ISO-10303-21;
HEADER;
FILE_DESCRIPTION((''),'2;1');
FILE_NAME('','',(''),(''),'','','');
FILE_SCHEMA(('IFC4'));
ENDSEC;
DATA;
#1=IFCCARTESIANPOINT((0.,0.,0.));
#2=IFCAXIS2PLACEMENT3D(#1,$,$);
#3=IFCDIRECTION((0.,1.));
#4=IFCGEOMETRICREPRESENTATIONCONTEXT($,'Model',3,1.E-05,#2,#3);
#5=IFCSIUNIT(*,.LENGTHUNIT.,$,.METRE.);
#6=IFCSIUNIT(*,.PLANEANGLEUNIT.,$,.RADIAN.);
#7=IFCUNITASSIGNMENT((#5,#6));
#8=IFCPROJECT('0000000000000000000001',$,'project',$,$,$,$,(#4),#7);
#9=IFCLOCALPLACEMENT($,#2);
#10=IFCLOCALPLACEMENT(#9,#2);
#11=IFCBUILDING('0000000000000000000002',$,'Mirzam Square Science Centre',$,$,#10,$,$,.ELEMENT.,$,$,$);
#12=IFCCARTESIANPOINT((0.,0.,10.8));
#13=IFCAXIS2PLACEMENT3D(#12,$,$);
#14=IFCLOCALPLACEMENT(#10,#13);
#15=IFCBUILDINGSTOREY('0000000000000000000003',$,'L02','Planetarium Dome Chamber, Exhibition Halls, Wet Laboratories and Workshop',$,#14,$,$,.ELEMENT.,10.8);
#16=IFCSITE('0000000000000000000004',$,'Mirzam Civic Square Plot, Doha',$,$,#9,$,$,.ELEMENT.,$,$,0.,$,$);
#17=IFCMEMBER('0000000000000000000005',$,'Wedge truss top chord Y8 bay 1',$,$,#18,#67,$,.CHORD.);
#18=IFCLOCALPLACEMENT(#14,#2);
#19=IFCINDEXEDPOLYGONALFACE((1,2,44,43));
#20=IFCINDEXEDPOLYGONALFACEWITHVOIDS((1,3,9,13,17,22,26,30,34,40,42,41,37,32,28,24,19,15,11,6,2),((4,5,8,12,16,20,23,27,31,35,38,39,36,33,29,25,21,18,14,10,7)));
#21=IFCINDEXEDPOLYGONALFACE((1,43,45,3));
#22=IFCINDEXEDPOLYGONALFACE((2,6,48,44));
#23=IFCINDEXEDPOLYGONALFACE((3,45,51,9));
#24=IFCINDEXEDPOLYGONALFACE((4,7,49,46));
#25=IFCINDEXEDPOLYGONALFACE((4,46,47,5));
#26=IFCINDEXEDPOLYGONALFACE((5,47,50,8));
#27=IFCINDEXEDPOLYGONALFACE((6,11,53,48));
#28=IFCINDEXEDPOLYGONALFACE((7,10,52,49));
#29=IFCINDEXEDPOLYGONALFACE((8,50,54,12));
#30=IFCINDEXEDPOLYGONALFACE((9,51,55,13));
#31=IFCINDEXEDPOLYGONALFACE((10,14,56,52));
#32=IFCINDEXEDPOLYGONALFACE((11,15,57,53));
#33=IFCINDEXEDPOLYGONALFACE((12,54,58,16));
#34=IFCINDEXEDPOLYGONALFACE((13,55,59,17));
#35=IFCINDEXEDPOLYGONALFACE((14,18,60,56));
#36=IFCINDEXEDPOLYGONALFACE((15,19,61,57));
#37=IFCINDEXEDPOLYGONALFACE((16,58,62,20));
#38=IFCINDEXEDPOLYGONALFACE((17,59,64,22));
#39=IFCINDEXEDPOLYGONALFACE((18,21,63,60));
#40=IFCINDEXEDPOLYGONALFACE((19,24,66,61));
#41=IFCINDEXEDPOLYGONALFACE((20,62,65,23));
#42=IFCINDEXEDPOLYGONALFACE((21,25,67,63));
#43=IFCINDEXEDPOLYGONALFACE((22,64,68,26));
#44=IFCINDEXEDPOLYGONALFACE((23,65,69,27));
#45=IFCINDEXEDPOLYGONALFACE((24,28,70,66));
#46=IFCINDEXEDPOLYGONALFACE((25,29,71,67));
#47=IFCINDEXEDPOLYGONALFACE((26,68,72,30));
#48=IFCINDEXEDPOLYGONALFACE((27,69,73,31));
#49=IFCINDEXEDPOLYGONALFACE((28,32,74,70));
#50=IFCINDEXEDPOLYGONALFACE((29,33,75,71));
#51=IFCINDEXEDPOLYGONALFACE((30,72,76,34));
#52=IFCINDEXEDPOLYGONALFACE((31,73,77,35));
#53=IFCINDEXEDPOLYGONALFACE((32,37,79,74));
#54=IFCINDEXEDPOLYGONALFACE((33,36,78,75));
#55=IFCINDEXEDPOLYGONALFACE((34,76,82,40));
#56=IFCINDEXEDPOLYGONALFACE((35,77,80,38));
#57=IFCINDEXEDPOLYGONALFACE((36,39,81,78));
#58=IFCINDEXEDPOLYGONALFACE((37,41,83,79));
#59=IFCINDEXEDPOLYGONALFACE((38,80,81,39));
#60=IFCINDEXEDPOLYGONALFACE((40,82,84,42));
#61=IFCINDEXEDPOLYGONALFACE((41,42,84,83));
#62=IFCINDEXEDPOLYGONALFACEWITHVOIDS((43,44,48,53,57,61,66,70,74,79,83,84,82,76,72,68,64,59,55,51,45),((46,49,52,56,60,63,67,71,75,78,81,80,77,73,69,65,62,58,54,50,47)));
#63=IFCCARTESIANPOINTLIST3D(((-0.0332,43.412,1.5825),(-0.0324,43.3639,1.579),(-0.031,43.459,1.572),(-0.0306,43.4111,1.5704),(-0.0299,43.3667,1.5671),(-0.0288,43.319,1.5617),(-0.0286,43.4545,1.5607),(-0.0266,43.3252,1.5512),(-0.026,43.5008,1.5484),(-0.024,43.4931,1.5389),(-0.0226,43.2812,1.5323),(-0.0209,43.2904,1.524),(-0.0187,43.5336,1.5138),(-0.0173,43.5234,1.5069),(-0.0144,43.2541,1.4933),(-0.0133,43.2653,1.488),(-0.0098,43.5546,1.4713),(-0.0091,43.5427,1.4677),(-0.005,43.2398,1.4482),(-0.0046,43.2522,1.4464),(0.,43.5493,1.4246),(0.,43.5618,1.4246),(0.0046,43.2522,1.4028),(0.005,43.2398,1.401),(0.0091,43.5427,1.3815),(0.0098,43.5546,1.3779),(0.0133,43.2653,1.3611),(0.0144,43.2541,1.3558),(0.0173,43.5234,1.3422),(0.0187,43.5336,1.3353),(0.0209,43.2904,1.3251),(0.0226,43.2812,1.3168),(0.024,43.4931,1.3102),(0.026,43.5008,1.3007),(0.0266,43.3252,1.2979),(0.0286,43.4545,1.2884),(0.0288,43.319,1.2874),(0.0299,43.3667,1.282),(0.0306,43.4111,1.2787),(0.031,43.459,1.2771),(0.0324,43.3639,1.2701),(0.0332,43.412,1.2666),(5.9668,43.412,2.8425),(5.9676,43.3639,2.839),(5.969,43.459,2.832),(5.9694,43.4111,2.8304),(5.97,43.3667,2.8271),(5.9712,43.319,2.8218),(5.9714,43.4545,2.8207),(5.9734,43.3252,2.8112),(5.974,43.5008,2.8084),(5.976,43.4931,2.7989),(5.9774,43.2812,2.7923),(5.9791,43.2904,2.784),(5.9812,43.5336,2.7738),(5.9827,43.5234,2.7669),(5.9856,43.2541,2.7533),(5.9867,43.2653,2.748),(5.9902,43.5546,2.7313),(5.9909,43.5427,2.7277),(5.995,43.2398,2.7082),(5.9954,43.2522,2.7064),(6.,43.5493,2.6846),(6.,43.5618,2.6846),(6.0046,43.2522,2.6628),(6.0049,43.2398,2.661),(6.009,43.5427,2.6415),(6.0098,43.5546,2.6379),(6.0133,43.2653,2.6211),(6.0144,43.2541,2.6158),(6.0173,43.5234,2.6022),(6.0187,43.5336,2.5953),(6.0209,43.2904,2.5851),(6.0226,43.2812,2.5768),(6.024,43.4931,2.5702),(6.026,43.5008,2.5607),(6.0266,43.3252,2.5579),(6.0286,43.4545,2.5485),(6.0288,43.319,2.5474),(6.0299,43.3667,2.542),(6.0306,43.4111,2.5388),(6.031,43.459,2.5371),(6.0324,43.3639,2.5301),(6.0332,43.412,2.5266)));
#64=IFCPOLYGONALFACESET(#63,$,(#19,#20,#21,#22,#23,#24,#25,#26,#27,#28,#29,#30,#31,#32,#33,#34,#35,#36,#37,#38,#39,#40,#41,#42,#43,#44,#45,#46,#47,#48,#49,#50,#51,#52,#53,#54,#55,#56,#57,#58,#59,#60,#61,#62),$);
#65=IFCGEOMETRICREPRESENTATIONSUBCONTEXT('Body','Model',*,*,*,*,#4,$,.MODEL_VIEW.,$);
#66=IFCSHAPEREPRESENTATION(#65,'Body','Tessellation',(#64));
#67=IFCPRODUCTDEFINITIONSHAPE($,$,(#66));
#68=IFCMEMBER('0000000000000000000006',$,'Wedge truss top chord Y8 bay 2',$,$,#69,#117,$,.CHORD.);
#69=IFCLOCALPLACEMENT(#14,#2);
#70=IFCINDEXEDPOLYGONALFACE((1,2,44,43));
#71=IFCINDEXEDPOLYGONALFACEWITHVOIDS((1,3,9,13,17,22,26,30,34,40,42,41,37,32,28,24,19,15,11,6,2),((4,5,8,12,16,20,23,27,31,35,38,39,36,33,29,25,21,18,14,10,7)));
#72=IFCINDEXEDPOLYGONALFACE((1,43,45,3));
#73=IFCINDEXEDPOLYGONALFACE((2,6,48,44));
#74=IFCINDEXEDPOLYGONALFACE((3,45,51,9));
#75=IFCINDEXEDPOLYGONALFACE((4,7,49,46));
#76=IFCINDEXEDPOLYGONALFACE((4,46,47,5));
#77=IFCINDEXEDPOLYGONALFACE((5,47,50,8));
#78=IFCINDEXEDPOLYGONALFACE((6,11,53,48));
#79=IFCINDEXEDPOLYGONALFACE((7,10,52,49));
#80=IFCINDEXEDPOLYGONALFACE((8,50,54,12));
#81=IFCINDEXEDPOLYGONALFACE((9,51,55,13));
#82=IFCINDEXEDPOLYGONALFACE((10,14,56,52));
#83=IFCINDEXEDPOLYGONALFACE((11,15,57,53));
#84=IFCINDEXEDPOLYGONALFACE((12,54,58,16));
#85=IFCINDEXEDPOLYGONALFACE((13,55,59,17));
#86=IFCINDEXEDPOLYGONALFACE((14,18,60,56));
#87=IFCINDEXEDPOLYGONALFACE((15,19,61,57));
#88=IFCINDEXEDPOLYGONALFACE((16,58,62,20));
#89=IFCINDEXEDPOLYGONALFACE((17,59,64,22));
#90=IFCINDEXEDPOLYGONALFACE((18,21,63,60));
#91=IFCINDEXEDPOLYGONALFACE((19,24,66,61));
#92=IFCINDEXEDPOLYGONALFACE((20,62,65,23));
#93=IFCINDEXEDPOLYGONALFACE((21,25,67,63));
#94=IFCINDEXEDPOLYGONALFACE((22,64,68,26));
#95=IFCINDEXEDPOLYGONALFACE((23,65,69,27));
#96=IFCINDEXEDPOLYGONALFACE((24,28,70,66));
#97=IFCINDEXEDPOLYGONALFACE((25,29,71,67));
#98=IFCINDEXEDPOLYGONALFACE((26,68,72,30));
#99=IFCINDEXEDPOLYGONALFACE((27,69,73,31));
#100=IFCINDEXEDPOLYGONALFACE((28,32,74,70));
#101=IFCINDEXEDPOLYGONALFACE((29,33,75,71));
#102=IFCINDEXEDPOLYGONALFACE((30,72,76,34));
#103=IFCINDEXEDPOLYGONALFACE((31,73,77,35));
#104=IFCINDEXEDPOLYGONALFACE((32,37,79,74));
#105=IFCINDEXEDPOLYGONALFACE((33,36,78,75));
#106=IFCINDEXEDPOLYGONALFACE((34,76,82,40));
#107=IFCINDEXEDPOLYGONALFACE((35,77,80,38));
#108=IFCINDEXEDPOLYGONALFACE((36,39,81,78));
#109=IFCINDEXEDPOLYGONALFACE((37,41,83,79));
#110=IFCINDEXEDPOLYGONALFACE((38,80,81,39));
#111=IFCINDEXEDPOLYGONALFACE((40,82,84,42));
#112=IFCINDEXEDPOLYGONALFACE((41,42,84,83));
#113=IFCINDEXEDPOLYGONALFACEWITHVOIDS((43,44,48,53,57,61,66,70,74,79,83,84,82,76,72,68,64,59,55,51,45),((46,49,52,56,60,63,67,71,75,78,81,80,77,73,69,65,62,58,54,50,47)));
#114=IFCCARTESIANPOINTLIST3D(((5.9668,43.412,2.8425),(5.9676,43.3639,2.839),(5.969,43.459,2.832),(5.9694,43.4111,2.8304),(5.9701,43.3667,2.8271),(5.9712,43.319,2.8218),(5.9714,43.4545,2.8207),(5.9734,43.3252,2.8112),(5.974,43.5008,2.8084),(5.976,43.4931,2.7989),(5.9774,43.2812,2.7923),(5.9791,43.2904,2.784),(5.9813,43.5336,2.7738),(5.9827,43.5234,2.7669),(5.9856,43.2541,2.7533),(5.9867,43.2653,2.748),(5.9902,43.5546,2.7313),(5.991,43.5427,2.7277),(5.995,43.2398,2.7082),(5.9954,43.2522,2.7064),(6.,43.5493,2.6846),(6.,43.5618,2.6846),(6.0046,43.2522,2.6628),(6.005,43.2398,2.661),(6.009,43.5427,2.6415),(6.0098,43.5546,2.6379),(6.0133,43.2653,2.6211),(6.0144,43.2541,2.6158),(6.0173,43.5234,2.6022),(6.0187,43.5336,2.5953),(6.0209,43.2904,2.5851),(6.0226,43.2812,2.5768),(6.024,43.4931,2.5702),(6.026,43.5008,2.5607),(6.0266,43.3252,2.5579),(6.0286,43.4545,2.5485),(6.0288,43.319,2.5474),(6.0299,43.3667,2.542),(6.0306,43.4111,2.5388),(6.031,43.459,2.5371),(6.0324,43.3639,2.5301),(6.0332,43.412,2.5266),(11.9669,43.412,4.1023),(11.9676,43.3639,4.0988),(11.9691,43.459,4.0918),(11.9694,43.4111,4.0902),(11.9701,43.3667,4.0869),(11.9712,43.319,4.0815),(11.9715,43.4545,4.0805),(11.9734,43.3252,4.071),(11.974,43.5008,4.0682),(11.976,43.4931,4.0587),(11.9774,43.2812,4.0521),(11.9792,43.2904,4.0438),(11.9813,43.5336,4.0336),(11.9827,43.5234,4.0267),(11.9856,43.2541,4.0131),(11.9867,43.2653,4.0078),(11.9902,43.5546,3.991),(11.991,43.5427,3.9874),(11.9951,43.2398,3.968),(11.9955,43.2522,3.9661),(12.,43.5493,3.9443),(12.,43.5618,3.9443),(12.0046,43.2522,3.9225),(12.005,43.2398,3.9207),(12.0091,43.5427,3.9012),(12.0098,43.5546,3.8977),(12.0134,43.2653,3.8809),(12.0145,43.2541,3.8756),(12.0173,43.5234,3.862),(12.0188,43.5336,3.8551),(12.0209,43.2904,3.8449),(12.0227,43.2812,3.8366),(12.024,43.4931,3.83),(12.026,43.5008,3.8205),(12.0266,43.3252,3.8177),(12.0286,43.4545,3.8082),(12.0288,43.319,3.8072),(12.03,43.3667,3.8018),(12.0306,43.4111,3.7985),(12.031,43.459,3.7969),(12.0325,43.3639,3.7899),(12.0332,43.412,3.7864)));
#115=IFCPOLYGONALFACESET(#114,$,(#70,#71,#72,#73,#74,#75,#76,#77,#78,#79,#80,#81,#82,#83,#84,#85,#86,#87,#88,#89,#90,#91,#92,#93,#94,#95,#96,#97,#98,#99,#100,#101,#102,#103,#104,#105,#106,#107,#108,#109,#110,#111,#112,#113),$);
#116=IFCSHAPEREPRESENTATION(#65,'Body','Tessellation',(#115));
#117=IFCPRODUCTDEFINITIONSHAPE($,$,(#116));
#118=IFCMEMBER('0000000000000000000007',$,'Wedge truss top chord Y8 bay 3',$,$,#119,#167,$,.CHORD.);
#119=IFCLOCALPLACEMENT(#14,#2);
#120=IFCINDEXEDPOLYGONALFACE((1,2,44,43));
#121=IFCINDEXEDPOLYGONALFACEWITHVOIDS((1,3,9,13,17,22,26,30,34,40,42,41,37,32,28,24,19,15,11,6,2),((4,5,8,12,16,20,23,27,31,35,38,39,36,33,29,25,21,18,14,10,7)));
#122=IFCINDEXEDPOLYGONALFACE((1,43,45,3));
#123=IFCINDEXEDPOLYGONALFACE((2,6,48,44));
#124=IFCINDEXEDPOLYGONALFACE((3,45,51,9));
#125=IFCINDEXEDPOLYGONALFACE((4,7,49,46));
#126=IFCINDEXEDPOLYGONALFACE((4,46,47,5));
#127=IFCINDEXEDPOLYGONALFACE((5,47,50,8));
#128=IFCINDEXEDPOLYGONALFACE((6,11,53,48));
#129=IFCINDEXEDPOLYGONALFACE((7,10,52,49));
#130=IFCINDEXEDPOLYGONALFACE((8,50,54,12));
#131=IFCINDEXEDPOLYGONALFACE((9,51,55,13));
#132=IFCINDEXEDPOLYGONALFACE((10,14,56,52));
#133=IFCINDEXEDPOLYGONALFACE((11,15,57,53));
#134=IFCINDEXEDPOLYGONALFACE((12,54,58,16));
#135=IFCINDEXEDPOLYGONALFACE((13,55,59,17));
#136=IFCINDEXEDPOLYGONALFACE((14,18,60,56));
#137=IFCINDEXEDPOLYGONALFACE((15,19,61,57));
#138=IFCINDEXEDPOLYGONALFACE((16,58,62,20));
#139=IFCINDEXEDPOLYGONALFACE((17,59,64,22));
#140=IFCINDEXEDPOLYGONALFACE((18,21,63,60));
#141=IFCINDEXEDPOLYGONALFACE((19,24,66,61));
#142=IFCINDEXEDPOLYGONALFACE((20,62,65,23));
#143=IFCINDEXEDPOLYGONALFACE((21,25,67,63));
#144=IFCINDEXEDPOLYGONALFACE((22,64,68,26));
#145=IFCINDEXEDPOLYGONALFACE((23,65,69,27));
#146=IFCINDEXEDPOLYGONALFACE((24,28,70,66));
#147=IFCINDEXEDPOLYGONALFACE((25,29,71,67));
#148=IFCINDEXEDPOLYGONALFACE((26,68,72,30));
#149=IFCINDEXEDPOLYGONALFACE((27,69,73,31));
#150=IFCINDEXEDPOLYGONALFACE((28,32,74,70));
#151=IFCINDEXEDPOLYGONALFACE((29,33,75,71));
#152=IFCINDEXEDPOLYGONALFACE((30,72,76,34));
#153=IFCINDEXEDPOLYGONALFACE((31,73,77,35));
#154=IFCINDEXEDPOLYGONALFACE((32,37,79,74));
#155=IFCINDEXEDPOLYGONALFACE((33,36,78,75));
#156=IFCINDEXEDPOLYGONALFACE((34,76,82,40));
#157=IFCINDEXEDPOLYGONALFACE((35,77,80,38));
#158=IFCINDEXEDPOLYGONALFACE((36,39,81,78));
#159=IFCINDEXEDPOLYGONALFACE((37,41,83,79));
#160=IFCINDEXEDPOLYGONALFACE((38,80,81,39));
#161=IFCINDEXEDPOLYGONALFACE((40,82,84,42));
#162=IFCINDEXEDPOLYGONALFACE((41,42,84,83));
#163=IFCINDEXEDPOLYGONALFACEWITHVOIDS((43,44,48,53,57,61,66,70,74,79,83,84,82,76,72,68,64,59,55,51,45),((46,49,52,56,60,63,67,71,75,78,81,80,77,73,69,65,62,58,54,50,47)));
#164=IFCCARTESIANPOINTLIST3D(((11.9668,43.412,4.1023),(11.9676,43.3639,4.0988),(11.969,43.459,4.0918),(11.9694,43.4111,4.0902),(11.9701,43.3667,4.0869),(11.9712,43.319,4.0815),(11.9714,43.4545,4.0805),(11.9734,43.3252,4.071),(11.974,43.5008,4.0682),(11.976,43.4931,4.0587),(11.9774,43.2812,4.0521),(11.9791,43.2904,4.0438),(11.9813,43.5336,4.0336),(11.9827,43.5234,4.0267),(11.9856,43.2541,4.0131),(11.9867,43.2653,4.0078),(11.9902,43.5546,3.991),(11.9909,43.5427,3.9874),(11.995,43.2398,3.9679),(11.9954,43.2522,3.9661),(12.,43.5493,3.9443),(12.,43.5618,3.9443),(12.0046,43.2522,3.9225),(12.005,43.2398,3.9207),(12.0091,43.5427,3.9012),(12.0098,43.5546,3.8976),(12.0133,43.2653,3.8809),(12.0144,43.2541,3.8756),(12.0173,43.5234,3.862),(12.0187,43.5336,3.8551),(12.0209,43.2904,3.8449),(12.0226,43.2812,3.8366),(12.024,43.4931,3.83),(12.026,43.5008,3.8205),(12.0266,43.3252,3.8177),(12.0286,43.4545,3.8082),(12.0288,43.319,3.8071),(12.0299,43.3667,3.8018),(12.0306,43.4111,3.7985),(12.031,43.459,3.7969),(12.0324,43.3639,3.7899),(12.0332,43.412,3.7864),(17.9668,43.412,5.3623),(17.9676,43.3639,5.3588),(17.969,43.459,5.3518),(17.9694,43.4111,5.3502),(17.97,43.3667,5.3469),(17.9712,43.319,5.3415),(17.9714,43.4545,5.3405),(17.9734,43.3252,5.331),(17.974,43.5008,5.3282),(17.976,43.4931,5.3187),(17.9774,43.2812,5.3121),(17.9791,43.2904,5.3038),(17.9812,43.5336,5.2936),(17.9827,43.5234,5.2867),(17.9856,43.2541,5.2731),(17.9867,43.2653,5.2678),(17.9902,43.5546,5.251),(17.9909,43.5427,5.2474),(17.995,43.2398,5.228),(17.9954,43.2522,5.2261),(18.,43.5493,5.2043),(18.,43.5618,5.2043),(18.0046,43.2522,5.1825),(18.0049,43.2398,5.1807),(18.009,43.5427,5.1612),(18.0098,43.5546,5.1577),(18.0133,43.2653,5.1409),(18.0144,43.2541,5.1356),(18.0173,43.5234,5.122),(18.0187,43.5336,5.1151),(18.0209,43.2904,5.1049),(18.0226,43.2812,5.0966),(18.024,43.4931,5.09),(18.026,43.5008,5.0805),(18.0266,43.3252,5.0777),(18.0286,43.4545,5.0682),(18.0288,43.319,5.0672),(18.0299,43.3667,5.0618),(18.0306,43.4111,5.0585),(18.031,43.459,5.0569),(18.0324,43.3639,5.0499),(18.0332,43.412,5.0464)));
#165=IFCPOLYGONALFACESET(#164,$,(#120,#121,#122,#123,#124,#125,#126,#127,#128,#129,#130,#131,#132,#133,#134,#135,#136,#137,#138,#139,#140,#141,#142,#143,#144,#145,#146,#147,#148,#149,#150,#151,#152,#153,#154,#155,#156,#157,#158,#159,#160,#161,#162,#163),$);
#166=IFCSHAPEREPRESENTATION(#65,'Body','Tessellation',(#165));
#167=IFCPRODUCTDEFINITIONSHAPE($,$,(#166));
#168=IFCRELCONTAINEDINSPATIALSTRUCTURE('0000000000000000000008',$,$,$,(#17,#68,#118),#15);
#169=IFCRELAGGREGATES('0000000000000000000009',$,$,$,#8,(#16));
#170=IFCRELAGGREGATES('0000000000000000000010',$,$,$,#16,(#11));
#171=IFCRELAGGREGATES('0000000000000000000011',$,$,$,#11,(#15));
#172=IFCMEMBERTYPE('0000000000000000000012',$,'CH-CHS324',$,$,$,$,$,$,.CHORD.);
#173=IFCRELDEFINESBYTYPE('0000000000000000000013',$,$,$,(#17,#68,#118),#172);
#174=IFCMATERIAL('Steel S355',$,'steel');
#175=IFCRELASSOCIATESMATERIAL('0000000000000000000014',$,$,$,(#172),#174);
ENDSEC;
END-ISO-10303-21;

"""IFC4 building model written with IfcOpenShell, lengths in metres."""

from ifc_helpers import new_model, si_unit, direction, frame, origin, origin_2d, place, context, subcontext, project, spatial, hollow_circle, extrude, material, material_profile, profile_set, type_object, element, save


model = new_model("IFC4")

# Units and contexts
model_context = context("Model", 3, precision=1e-05, world=origin(), true_north=direction((0.0, 1.0)))
body_context = subcontext(model_context, "Body", "Model", "MODEL_VIEW")
ifc_project = project(units=[si_unit("LENGTHUNIT", "METRE"), si_unit("PLANEANGLEUNIT", "RADIAN")], contexts=[model_context])

# Site, building, storey
site_placement = place(None, origin())
site = spatial("IfcSite", under=ifc_project, at=site_placement, Name="Mirzam Civic Square Plot, Doha", CompositionType="ELEMENT", RefElevation=0.0)
building_placement = place(site_placement, origin())
building = spatial("IfcBuilding", under=site, at=building_placement, Name="Mirzam Square Science Centre", CompositionType="ELEMENT")
storey_placement = place(building_placement, frame((0.0, 0.0, 10.8)))
storey = spatial("IfcBuildingStorey", under=building, at=storey_placement, Name="L02", Description="Planetarium Dome Chamber, Exhibition Halls, Wet Laboratories and Workshop", CompositionType="ELEMENT", Elevation=10.8)

# Shared definitions
ifc_material_1 = material(Name="Steel S355", Category="steel")

# Members
ifc_material_profile_1 = material_profile(ifc_material_1, hollow_circle(Radius=0.1619, WallThickness=0.0125, at=origin_2d()), Name="323.9x12.5CHS")
ifc_profile_set_1 = profile_set([ifc_material_profile_1], Name="Steel S355")
member_type_1 = type_object("IfcMemberType", Name="CH-CHS324", PredefinedType="CHORD", material=ifc_profile_set_1)
for number, where, z_axis, x_axis, name in (
    (1, (0.0, 43.3999, 1.4246), (0.978653, 0.0, 0.205519), (0.0, 1.0, 0.0), "Wedge truss top chord Y8 bay 1"),
    (2, (6.0, 43.3999, 2.6846), (0.978661, 0.0, 0.205481), (0.0, 1.0, 0.0), "Wedge truss top chord Y8 bay 2"),
    (3, (12.0, 43.3999, 3.9443), (0.978653, 0.0, 0.205519), (0.0, 1.0, 0.0), "Wedge truss top chord Y8 bay 3"),
):
    element("IfcMember", number, at=place(storey_placement, frame(where, z_axis=z_axis, x_axis=x_axis)), inside=storey, type_object=member_type_1, Name=name, PredefinedType="CHORD", context=body_context, shape_type="SweptSolid", body=[
        extrude(hollow_circle(Radius=0.1619, WallThickness=0.0125, at=origin_2d()), origin(), (0.0, 0.0, 1.0), 6.1309),
    ])

save(model, "model.ifc")
